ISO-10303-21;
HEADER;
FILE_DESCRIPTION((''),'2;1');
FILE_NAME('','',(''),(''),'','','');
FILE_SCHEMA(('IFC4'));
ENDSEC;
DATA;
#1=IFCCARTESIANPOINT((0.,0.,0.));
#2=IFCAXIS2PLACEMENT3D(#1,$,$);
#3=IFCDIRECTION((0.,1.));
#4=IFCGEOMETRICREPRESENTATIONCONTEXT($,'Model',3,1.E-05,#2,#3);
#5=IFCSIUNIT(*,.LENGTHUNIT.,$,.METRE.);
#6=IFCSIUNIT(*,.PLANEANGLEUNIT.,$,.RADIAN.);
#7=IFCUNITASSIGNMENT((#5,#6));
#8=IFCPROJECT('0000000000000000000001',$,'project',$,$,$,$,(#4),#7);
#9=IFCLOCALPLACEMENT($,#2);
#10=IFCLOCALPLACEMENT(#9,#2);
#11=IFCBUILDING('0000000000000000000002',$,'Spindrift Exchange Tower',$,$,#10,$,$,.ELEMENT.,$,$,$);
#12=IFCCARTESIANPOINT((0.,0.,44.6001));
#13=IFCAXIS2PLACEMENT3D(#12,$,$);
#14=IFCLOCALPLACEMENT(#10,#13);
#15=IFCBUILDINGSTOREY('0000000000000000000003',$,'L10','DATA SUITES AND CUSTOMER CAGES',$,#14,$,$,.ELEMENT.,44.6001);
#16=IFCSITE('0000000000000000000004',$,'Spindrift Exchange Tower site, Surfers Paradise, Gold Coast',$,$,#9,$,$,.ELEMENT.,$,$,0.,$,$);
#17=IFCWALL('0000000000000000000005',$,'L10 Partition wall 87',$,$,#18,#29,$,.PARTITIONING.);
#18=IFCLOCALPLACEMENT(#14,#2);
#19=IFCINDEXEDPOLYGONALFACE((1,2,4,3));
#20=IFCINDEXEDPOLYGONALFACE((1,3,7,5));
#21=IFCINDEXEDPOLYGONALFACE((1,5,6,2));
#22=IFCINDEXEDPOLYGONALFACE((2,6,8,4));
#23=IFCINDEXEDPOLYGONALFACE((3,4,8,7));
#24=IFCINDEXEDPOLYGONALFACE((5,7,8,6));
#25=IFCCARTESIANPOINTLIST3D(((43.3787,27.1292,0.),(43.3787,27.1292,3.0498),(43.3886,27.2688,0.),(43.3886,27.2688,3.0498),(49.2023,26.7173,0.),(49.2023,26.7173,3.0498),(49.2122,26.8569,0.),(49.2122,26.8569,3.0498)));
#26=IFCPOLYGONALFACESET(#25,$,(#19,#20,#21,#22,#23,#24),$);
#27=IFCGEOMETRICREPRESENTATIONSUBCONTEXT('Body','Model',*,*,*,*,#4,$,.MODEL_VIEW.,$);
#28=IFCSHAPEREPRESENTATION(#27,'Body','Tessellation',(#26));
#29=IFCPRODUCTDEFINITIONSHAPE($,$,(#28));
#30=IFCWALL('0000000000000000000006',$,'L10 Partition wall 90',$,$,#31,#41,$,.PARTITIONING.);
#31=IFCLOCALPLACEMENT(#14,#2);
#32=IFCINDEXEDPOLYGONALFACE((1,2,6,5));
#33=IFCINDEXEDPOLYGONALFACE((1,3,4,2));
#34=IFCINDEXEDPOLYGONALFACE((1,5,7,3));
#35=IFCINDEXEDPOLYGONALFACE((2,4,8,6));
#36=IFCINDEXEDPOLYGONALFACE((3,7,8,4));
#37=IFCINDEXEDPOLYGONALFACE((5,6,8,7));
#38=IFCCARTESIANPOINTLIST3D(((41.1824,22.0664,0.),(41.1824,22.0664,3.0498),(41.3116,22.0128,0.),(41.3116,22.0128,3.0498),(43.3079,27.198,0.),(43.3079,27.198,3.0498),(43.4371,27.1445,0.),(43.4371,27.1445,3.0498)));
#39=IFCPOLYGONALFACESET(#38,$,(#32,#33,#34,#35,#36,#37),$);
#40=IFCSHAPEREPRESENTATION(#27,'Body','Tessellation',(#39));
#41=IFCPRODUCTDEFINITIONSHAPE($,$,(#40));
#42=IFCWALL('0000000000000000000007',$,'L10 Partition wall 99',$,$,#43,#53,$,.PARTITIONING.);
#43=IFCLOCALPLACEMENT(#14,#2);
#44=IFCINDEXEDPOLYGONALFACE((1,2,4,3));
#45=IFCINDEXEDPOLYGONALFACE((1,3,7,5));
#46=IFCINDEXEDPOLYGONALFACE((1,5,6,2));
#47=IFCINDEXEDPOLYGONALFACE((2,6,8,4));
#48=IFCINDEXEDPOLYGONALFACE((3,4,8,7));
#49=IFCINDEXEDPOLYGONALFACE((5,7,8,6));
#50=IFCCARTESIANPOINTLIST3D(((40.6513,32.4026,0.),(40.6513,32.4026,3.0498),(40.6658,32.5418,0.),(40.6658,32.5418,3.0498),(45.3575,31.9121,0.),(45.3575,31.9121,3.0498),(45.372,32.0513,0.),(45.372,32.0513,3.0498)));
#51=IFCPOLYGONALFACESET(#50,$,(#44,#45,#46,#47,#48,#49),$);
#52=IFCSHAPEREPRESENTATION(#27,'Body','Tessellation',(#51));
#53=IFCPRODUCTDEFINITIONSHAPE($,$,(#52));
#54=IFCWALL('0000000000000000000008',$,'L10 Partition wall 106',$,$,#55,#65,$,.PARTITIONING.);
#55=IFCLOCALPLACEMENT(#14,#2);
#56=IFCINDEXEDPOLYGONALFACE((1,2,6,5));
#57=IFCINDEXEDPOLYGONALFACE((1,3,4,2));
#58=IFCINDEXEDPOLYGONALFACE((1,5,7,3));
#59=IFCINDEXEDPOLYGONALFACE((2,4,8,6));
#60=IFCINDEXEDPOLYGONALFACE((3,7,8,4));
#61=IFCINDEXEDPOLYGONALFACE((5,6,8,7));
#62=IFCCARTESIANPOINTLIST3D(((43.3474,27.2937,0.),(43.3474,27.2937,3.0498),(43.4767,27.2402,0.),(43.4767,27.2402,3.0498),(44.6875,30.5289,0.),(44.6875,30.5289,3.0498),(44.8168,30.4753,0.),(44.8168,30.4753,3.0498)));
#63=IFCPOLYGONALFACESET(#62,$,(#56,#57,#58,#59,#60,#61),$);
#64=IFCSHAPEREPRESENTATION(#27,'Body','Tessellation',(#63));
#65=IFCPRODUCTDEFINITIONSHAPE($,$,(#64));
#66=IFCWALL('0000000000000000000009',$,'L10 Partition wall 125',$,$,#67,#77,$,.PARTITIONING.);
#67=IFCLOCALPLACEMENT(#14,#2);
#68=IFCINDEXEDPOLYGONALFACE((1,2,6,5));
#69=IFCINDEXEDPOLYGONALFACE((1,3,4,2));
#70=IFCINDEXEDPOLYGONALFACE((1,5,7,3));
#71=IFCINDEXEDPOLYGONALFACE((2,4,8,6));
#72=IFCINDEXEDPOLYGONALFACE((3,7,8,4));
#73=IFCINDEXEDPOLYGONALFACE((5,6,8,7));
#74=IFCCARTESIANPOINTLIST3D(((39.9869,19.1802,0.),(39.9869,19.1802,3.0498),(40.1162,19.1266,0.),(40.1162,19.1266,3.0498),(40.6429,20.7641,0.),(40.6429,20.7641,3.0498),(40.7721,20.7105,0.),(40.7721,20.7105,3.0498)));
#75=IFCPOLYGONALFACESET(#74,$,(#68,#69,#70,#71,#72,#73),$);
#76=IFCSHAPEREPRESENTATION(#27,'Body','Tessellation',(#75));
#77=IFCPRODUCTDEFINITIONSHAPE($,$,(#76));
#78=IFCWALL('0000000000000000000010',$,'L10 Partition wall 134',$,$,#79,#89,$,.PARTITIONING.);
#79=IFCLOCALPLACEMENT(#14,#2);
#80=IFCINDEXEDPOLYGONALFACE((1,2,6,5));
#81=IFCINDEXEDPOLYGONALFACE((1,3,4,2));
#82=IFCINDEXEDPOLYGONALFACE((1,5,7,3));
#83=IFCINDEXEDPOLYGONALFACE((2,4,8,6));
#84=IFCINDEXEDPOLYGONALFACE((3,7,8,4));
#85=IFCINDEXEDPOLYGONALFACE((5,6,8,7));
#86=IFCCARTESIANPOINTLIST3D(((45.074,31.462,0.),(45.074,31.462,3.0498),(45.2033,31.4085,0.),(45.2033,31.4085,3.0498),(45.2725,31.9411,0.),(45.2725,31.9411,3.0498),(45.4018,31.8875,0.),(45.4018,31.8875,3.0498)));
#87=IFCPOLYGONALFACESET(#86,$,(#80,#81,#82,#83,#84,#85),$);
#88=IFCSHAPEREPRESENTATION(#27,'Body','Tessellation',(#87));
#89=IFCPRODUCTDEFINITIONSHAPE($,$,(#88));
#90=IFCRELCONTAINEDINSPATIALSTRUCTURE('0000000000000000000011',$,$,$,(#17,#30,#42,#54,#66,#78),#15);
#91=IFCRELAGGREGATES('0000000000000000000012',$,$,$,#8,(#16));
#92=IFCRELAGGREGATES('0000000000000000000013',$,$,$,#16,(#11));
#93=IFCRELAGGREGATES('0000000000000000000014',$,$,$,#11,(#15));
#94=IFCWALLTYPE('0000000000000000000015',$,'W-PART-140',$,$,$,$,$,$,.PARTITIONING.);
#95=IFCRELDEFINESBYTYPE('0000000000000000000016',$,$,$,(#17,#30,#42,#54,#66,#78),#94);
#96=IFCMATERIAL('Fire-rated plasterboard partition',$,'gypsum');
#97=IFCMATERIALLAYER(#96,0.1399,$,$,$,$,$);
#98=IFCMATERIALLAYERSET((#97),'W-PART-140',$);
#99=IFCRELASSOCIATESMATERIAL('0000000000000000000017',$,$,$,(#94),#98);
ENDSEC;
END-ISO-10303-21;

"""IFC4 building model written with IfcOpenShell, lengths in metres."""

from ifc_helpers import new_model, si_unit, direction, frame, frame_2d, origin, place, context, subcontext, project, spatial, rectangle, extrude, material, layer, layer_set, type_object, element, save


model = new_model("IFC4")

# Units and contexts
model_context = context("Model", 3, precision=1e-05, world=origin(), true_north=direction((0.0, 1.0)))
body_context = subcontext(model_context, "Body", "Model", "MODEL_VIEW")
ifc_project = project(units=[si_unit("LENGTHUNIT", "METRE"), si_unit("PLANEANGLEUNIT", "RADIAN")], contexts=[model_context])

# Site, building, storey
site_placement = place(None, origin())
site = spatial("IfcSite", under=ifc_project, at=site_placement, Name="Spindrift Exchange Tower site, Surfers Paradise, Gold Coast", CompositionType="ELEMENT", RefElevation=0.0)
building_placement = place(site_placement, origin())
building = spatial("IfcBuilding", under=site, at=building_placement, Name="Spindrift Exchange Tower", CompositionType="ELEMENT")
storey_placement = place(building_placement, frame((0.0, 0.0, 44.6001)))
storey = spatial("IfcBuildingStorey", under=building, at=storey_placement, Name="L10", Description="DATA SUITES AND CUSTOMER CAGES", CompositionType="ELEMENT", Elevation=44.6001)

# Walls
ifc_material_1 = material(Name="Fire-rated plasterboard partition", Category="gypsum")
ifc_layer_1 = layer(ifc_material_1, 0.1399)
ifc_layer_set_1 = layer_set([ifc_layer_1], Name="W-PART-140")
wall_type = type_object("IfcWallType", Name="W-PART-140", PredefinedType="PARTITIONING", material=ifc_layer_set_1)
wall_1_placement = place(storey_placement, frame((43.3838, 27.199, 0.0), z_axis=(0.0, 0.0, 1.0), x_axis=(0.997508, -0.070549, 0.0)))
element("IfcWall", 1, at=wall_1_placement, inside=storey, type_object=wall_type, Name="L10 Partition wall 87", PredefinedType="PARTITIONING", context=body_context, shape_type="SweptSolid", body=[
    extrude(rectangle(XDim=5.8381, YDim=0.1399, at=frame_2d((2.9189, 0.0))), origin(), (0.0, 0.0, 1.0), 3.0498),
])
wall_2_placement = place(storey_placement, frame((43.3726, 27.1714, 0.0), z_axis=(0.0, 0.0, 1.0), x_axis=(-0.38267, -0.923885, 0.0)))
element("IfcWall", 2, at=wall_2_placement, inside=storey, type_object=wall_type, Name="L10 Partition wall 90", PredefinedType="PARTITIONING", context=body_context, shape_type="SweptSolid", body=[
    extrude(rectangle(XDim=5.5544, YDim=0.1399, at=frame_2d((2.7773, 0.0))), origin(), (0.0, 0.0, 1.0), 3.0498),
])
wall_3_placement = place(storey_placement, frame((40.6587, 32.4722, 0.0), z_axis=(0.0, 0.0, 1.0), x_axis=(0.994613, -0.103656, 0.0)))
element("IfcWall", 3, at=wall_3_placement, inside=storey, type_object=wall_type, Name="L10 Partition wall 99", PredefinedType="PARTITIONING", context=body_context, shape_type="SweptSolid", body=[
    extrude(rectangle(XDim=4.7317, YDim=0.1399, at=frame_2d((2.3657, 0.0))), origin(), (0.0, 0.0, 1.0), 3.0498),
])
wall_4_placement = place(storey_placement, frame((44.7522, 30.5022, 0.0), z_axis=(0.0, 0.0, 1.0), x_axis=(-0.382699, -0.923873, 0.0)))
element("IfcWall", 4, at=wall_4_placement, inside=storey, type_object=wall_type, Name="L10 Partition wall 106", PredefinedType="PARTITIONING", context=body_context, shape_type="SweptSolid", body=[
    extrude(rectangle(XDim=3.5017, YDim=0.1399, at=frame_2d((1.751, 0.0))), origin(), (0.0, 0.0, 1.0), 3.0498),
])
wall_5_placement = place(storey_placement, frame((40.7075, 20.7373, 0.0), z_axis=(0.0, 0.0, 1.0), x_axis=(-0.382633, -0.923901, 0.0)))
element("IfcWall", 5, at=wall_5_placement, inside=storey, type_object=wall_type, Name="L10 Partition wall 125", PredefinedType="PARTITIONING", context=body_context, shape_type="SweptSolid", body=[
    extrude(rectangle(XDim=1.7144, YDim=0.1399, at=frame_2d((0.8572, 0.0))), origin(), (0.0, 0.0, 1.0), 3.0498),
])
wall_6_placement = place(storey_placement, frame((45.3372, 31.9143, 0.0), z_axis=(0.0, 0.0, 1.0), x_axis=(-0.382809, -0.923827, 0.0)))
element("IfcWall", 6, at=wall_6_placement, inside=storey, type_object=wall_type, Name="L10 Partition wall 134", PredefinedType="PARTITIONING", context=body_context, shape_type="SweptSolid", body=[
    extrude(rectangle(XDim=0.5186, YDim=0.1399, at=frame_2d((0.2593, 0.0))), origin(), (0.0, 0.0, 1.0), 3.0498),
])

save(model, "model.ifc")
